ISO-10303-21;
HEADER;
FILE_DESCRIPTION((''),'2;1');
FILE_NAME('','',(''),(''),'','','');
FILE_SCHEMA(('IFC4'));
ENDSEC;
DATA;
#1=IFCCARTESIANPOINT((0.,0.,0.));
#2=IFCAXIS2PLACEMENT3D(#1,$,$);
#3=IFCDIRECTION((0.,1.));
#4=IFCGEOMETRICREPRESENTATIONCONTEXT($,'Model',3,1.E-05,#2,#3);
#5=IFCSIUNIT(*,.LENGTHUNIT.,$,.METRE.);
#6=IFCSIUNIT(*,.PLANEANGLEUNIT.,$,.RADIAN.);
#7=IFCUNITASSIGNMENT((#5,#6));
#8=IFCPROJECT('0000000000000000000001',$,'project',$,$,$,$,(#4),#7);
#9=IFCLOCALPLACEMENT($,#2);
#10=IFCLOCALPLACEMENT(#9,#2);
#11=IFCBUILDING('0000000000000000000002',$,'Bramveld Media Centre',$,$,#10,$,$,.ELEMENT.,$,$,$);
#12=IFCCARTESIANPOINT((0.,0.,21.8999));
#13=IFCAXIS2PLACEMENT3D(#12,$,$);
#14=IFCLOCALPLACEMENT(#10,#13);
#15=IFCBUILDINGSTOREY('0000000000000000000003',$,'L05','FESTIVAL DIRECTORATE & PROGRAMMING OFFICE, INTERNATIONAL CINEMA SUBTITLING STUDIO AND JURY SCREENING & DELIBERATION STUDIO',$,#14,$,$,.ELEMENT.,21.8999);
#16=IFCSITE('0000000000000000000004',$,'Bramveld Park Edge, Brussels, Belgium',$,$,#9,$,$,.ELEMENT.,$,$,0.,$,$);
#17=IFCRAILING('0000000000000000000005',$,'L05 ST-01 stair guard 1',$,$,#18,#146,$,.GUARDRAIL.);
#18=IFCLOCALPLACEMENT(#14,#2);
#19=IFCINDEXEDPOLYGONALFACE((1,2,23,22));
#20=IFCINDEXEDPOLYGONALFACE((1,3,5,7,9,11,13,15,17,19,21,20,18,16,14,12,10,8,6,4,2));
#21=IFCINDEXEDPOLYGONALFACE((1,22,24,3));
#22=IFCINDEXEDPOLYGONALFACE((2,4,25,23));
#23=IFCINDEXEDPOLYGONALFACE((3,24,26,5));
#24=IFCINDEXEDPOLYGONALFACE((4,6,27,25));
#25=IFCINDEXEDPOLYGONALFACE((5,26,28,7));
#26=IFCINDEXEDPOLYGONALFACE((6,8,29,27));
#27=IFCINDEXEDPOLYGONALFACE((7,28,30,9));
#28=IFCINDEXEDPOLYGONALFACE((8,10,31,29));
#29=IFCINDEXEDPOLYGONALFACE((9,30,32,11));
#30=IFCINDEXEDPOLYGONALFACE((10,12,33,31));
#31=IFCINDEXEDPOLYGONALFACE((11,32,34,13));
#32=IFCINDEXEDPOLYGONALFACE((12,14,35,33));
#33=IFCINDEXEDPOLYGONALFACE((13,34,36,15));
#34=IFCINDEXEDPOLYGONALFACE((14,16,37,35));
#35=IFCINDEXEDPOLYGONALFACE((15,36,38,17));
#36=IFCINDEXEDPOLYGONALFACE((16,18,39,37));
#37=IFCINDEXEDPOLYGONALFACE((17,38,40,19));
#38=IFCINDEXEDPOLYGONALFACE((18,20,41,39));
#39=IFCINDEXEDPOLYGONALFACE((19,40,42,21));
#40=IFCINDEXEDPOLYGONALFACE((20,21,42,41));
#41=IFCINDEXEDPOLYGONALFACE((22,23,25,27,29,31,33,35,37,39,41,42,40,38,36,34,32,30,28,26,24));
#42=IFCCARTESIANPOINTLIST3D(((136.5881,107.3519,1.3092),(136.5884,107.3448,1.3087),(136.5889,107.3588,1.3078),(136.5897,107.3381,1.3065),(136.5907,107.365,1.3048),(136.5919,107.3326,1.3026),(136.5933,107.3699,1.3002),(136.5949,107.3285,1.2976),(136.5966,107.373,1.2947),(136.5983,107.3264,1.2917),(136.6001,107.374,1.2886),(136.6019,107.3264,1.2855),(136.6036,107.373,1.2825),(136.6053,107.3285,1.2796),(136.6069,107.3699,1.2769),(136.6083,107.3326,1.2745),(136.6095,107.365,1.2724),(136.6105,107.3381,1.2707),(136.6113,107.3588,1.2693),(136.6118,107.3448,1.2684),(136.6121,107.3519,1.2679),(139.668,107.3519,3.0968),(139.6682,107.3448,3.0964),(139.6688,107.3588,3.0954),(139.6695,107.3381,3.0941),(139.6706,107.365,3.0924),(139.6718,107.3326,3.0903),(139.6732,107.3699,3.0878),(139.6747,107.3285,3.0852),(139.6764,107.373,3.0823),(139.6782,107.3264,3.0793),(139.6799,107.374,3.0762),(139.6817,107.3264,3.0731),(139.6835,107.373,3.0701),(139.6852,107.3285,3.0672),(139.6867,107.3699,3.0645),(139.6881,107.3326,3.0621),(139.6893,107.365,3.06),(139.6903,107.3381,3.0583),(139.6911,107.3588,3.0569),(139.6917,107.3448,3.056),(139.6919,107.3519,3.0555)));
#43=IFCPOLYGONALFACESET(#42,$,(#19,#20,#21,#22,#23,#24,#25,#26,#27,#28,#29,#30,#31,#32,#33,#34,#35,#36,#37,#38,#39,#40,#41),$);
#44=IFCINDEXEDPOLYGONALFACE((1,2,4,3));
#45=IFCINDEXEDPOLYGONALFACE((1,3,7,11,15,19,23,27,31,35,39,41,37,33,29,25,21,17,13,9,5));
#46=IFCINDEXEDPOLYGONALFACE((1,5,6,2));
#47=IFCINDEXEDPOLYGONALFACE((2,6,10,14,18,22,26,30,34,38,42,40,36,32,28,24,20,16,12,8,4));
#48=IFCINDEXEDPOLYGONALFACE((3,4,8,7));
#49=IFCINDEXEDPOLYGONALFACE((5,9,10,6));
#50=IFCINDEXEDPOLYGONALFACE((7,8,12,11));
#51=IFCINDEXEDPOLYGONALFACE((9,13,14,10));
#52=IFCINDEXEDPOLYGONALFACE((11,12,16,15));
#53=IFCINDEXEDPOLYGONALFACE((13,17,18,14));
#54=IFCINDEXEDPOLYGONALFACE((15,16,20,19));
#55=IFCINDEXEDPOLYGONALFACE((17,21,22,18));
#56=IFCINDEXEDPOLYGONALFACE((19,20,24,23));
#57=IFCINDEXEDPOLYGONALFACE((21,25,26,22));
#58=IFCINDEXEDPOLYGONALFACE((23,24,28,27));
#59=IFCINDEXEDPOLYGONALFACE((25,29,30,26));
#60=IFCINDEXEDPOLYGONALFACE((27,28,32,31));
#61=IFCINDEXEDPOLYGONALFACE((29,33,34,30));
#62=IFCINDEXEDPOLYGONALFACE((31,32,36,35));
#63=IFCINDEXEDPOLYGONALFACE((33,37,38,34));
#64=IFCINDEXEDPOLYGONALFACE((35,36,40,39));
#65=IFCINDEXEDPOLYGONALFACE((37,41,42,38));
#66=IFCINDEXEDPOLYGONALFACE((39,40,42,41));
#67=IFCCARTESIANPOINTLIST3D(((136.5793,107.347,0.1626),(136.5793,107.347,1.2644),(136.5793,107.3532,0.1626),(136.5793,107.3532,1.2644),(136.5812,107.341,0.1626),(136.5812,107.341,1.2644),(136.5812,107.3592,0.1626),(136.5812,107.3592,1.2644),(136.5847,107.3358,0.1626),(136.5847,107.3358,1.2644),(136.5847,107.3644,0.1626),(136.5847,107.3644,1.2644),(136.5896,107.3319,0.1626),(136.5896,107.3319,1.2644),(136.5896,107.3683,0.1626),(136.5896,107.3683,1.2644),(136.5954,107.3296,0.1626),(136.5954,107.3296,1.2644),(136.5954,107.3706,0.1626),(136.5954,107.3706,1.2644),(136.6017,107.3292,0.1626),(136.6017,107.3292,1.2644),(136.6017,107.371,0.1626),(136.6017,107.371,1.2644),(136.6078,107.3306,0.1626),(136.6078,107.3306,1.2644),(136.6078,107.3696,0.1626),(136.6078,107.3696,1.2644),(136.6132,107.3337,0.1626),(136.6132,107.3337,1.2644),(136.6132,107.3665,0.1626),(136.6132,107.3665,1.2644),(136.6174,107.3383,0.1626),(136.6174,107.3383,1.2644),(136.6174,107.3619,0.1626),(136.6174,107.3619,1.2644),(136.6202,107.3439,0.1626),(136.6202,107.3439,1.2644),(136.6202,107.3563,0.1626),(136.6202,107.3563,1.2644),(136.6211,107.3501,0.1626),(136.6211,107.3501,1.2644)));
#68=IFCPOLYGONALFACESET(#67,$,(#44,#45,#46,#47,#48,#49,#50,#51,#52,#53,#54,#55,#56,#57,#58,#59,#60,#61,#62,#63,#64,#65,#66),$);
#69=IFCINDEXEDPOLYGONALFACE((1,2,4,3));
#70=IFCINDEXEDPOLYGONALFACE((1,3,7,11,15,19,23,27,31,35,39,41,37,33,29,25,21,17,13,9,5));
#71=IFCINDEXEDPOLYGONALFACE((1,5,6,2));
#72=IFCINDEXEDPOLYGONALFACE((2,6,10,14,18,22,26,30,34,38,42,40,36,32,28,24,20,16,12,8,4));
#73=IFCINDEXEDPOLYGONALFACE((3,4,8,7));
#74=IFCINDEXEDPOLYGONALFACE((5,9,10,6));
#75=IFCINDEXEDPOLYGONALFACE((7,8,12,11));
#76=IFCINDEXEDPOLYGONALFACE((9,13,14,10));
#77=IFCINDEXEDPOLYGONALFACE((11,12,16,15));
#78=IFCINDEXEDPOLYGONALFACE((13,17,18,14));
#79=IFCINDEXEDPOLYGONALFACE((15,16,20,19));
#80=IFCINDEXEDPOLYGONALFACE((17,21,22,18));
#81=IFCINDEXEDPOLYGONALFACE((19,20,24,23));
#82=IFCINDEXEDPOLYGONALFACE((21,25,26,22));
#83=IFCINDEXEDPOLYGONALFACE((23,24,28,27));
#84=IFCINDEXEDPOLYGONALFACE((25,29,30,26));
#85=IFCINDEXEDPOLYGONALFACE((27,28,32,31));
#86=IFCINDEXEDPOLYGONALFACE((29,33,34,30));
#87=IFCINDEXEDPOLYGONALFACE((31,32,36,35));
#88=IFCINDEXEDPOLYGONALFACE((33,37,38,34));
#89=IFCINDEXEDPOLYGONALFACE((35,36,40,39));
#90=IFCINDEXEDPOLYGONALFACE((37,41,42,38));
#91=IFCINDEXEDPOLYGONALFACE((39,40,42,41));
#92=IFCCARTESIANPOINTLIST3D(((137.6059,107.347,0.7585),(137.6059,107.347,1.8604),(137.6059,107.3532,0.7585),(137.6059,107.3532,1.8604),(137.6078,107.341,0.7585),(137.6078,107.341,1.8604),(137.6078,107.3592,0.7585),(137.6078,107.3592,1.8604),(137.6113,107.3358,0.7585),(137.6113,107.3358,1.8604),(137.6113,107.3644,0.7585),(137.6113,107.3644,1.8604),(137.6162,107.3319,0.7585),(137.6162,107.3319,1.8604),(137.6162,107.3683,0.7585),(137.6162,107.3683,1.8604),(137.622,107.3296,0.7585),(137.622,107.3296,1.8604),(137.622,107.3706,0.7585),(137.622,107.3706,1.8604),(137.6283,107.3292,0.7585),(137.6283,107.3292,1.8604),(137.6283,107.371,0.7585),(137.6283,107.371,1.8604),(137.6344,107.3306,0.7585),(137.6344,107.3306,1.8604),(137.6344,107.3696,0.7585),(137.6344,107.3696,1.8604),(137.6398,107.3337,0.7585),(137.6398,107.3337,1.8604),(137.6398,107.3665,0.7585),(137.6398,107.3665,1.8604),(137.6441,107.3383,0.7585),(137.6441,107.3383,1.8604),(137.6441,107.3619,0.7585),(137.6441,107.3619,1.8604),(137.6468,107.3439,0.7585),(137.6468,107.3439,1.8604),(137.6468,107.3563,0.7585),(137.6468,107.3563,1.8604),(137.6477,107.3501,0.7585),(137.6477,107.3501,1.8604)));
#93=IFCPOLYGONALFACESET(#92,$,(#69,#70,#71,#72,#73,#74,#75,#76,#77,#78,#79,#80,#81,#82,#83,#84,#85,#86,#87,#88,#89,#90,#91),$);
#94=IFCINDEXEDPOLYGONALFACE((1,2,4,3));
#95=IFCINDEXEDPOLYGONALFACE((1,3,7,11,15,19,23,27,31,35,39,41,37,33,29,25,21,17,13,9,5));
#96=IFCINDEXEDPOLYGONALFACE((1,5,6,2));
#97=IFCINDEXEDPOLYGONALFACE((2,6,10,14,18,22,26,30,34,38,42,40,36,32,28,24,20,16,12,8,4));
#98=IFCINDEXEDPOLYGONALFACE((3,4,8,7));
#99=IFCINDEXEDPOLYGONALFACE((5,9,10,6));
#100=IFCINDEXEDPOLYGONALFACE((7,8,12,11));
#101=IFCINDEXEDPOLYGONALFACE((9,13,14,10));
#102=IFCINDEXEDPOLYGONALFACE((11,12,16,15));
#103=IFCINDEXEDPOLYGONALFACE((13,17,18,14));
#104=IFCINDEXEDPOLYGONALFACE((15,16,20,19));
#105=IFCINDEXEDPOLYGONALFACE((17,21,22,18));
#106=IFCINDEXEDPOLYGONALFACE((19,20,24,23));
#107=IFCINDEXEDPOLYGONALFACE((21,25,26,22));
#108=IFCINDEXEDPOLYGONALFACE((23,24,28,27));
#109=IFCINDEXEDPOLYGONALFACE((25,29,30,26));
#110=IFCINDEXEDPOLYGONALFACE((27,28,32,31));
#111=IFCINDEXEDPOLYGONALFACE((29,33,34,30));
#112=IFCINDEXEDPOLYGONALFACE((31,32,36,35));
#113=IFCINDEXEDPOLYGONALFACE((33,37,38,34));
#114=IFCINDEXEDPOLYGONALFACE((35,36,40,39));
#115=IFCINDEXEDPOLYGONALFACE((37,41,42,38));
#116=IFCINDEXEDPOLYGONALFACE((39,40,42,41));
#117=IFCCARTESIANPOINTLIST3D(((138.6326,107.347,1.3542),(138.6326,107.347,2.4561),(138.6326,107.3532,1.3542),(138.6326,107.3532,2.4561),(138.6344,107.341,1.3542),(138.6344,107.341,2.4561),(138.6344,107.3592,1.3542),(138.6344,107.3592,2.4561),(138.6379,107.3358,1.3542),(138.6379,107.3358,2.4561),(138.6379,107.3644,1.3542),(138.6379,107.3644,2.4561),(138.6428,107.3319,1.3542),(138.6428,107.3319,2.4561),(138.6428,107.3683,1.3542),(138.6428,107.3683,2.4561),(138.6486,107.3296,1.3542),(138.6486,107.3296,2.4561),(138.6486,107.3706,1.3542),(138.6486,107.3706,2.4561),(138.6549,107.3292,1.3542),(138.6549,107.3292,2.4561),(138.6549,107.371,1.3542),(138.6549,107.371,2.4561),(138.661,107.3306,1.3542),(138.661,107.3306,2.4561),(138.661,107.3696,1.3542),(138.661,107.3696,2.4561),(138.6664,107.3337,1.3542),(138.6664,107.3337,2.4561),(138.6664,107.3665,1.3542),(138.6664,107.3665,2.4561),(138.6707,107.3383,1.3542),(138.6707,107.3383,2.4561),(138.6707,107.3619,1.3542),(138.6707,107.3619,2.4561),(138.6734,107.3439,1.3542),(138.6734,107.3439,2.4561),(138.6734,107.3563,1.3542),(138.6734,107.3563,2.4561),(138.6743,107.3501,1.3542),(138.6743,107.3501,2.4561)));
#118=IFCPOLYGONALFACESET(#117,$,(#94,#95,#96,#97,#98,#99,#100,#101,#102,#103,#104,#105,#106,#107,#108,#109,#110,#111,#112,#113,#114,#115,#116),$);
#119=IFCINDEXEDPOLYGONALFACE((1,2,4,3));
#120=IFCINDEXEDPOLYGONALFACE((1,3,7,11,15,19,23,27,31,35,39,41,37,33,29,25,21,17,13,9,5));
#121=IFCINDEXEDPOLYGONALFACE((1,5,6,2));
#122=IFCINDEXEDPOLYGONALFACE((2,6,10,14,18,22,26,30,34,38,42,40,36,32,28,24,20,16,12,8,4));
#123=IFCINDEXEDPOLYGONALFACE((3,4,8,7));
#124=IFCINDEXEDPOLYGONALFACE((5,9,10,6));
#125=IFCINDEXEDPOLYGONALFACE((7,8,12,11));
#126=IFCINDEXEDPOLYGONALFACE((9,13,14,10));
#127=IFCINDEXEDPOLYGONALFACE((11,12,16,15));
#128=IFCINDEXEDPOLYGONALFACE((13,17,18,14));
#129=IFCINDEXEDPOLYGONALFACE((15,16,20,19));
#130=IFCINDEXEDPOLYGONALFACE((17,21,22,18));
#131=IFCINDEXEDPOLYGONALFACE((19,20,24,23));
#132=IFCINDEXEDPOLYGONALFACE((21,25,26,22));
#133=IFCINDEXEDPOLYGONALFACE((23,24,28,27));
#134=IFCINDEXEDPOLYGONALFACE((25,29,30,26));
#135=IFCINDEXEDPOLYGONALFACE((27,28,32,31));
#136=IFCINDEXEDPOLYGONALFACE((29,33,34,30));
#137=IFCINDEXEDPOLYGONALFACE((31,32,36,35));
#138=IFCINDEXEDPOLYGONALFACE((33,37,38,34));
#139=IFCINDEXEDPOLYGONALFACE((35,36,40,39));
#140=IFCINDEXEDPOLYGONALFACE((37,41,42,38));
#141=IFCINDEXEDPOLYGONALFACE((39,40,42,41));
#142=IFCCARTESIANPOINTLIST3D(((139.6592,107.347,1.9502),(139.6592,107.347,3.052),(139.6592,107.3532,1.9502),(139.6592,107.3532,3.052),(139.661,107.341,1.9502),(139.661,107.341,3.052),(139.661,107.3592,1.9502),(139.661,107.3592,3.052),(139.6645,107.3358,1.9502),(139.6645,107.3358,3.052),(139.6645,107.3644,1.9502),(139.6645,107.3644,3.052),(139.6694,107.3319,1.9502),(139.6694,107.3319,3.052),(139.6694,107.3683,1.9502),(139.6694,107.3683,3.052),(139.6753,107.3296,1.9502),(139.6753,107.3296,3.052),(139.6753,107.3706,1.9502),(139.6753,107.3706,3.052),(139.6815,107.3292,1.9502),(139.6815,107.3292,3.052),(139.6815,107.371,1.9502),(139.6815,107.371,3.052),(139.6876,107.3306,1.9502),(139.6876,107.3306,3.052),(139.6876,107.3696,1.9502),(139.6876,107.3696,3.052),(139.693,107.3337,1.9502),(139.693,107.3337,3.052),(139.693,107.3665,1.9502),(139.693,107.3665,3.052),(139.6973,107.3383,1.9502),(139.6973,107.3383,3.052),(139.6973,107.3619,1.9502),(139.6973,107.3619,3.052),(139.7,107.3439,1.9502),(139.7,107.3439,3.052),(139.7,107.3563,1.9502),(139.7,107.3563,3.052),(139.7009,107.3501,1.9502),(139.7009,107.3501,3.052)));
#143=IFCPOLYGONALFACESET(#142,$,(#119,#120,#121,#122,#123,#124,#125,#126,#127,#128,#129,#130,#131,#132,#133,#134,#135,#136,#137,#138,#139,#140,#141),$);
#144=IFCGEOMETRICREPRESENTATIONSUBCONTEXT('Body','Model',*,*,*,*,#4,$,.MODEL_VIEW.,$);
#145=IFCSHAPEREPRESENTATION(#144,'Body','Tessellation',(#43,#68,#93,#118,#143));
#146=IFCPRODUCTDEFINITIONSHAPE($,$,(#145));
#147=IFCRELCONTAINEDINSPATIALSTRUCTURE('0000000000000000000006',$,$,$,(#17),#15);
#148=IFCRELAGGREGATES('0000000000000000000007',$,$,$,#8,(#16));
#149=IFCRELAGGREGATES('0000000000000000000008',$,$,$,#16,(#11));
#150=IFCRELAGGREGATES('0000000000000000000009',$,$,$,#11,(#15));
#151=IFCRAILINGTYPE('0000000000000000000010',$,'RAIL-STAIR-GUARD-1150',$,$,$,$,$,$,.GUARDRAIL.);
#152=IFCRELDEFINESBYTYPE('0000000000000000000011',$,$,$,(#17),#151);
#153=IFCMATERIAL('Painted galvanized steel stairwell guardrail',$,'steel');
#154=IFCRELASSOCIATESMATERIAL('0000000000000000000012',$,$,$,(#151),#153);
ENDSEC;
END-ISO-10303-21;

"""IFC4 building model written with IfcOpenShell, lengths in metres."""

from ifc_helpers import new_model, si_unit, direction, frame, origin, origin_2d, place, context, subcontext, project, spatial, circle, extrude, material, type_object, element, save


model = new_model("IFC4")

# Units and contexts
model_context = context("Model", 3, precision=1e-05, world=origin(), true_north=direction((0.0, 1.0)))
body_context = subcontext(model_context, "Body", "Model", "MODEL_VIEW")
ifc_project = project(units=[si_unit("LENGTHUNIT", "METRE"), si_unit("PLANEANGLEUNIT", "RADIAN")], contexts=[model_context])

# Site, building, storey
site_placement = place(None, origin())
site = spatial("IfcSite", under=ifc_project, at=site_placement, Name="Bramveld Park Edge, Brussels, Belgium", CompositionType="ELEMENT", RefElevation=0.0)
building_placement = place(site_placement, origin())
building = spatial("IfcBuilding", under=site, at=building_placement, Name="Bramveld Media Centre", CompositionType="ELEMENT")
storey_placement = place(building_placement, frame((0.0, 0.0, 21.8999)))
storey = spatial("IfcBuildingStorey", under=building, at=storey_placement, Name="L05", Description="FESTIVAL DIRECTORATE & PROGRAMMING OFFICE, INTERNATIONAL CINEMA SUBTITLING STUDIO AND JURY SCREENING & DELIBERATION STUDIO", CompositionType="ELEMENT", Elevation=21.8999)

# Railing
ifc_material_1 = material(Name="Painted galvanized steel stairwell guardrail", Category="steel")
railing_type_1 = type_object("IfcRailingType", Name="RAIL-STAIR-GUARD-1150", PredefinedType="GUARDRAIL", material=ifc_material_1)
railing_1_placement = place(storey_placement, frame((136.6001, 107.3501, 0.1626)))
element("IfcRailing", 1, at=railing_1_placement, inside=storey, type_object=railing_type_1, Name="L05 ST-01 stair guard 1", PredefinedType="GUARDRAIL", context=body_context, shape_type="SweptSolid", body=[
    extrude(circle(Radius=0.0239, at=origin_2d()), frame((0.0, 0.0, 1.126), z_axis=(0.864873, 0.0, 0.50199), x_axis=(0.0, 1.0, 0.0)), (0.0, 0.0, 1.0), 3.561),
    extrude(circle(Radius=0.021, at=origin_2d()), origin(), (0.0, 0.0, 1.0), 1.1018),
    extrude(circle(Radius=0.021, at=origin_2d()), frame((1.0266, 0.0, 0.5959)), (0.0, 0.0, 1.0), 1.1018),
    extrude(circle(Radius=0.021, at=origin_2d()), frame((2.0532, 0.0, 1.1917)), (0.0, 0.0, 1.0), 1.1018),
    extrude(circle(Radius=0.021, at=origin_2d()), frame((3.0798, 0.0, 1.7876)), (0.0, 0.0, 1.0), 1.1018),
])

save(model, "model.ifc")
